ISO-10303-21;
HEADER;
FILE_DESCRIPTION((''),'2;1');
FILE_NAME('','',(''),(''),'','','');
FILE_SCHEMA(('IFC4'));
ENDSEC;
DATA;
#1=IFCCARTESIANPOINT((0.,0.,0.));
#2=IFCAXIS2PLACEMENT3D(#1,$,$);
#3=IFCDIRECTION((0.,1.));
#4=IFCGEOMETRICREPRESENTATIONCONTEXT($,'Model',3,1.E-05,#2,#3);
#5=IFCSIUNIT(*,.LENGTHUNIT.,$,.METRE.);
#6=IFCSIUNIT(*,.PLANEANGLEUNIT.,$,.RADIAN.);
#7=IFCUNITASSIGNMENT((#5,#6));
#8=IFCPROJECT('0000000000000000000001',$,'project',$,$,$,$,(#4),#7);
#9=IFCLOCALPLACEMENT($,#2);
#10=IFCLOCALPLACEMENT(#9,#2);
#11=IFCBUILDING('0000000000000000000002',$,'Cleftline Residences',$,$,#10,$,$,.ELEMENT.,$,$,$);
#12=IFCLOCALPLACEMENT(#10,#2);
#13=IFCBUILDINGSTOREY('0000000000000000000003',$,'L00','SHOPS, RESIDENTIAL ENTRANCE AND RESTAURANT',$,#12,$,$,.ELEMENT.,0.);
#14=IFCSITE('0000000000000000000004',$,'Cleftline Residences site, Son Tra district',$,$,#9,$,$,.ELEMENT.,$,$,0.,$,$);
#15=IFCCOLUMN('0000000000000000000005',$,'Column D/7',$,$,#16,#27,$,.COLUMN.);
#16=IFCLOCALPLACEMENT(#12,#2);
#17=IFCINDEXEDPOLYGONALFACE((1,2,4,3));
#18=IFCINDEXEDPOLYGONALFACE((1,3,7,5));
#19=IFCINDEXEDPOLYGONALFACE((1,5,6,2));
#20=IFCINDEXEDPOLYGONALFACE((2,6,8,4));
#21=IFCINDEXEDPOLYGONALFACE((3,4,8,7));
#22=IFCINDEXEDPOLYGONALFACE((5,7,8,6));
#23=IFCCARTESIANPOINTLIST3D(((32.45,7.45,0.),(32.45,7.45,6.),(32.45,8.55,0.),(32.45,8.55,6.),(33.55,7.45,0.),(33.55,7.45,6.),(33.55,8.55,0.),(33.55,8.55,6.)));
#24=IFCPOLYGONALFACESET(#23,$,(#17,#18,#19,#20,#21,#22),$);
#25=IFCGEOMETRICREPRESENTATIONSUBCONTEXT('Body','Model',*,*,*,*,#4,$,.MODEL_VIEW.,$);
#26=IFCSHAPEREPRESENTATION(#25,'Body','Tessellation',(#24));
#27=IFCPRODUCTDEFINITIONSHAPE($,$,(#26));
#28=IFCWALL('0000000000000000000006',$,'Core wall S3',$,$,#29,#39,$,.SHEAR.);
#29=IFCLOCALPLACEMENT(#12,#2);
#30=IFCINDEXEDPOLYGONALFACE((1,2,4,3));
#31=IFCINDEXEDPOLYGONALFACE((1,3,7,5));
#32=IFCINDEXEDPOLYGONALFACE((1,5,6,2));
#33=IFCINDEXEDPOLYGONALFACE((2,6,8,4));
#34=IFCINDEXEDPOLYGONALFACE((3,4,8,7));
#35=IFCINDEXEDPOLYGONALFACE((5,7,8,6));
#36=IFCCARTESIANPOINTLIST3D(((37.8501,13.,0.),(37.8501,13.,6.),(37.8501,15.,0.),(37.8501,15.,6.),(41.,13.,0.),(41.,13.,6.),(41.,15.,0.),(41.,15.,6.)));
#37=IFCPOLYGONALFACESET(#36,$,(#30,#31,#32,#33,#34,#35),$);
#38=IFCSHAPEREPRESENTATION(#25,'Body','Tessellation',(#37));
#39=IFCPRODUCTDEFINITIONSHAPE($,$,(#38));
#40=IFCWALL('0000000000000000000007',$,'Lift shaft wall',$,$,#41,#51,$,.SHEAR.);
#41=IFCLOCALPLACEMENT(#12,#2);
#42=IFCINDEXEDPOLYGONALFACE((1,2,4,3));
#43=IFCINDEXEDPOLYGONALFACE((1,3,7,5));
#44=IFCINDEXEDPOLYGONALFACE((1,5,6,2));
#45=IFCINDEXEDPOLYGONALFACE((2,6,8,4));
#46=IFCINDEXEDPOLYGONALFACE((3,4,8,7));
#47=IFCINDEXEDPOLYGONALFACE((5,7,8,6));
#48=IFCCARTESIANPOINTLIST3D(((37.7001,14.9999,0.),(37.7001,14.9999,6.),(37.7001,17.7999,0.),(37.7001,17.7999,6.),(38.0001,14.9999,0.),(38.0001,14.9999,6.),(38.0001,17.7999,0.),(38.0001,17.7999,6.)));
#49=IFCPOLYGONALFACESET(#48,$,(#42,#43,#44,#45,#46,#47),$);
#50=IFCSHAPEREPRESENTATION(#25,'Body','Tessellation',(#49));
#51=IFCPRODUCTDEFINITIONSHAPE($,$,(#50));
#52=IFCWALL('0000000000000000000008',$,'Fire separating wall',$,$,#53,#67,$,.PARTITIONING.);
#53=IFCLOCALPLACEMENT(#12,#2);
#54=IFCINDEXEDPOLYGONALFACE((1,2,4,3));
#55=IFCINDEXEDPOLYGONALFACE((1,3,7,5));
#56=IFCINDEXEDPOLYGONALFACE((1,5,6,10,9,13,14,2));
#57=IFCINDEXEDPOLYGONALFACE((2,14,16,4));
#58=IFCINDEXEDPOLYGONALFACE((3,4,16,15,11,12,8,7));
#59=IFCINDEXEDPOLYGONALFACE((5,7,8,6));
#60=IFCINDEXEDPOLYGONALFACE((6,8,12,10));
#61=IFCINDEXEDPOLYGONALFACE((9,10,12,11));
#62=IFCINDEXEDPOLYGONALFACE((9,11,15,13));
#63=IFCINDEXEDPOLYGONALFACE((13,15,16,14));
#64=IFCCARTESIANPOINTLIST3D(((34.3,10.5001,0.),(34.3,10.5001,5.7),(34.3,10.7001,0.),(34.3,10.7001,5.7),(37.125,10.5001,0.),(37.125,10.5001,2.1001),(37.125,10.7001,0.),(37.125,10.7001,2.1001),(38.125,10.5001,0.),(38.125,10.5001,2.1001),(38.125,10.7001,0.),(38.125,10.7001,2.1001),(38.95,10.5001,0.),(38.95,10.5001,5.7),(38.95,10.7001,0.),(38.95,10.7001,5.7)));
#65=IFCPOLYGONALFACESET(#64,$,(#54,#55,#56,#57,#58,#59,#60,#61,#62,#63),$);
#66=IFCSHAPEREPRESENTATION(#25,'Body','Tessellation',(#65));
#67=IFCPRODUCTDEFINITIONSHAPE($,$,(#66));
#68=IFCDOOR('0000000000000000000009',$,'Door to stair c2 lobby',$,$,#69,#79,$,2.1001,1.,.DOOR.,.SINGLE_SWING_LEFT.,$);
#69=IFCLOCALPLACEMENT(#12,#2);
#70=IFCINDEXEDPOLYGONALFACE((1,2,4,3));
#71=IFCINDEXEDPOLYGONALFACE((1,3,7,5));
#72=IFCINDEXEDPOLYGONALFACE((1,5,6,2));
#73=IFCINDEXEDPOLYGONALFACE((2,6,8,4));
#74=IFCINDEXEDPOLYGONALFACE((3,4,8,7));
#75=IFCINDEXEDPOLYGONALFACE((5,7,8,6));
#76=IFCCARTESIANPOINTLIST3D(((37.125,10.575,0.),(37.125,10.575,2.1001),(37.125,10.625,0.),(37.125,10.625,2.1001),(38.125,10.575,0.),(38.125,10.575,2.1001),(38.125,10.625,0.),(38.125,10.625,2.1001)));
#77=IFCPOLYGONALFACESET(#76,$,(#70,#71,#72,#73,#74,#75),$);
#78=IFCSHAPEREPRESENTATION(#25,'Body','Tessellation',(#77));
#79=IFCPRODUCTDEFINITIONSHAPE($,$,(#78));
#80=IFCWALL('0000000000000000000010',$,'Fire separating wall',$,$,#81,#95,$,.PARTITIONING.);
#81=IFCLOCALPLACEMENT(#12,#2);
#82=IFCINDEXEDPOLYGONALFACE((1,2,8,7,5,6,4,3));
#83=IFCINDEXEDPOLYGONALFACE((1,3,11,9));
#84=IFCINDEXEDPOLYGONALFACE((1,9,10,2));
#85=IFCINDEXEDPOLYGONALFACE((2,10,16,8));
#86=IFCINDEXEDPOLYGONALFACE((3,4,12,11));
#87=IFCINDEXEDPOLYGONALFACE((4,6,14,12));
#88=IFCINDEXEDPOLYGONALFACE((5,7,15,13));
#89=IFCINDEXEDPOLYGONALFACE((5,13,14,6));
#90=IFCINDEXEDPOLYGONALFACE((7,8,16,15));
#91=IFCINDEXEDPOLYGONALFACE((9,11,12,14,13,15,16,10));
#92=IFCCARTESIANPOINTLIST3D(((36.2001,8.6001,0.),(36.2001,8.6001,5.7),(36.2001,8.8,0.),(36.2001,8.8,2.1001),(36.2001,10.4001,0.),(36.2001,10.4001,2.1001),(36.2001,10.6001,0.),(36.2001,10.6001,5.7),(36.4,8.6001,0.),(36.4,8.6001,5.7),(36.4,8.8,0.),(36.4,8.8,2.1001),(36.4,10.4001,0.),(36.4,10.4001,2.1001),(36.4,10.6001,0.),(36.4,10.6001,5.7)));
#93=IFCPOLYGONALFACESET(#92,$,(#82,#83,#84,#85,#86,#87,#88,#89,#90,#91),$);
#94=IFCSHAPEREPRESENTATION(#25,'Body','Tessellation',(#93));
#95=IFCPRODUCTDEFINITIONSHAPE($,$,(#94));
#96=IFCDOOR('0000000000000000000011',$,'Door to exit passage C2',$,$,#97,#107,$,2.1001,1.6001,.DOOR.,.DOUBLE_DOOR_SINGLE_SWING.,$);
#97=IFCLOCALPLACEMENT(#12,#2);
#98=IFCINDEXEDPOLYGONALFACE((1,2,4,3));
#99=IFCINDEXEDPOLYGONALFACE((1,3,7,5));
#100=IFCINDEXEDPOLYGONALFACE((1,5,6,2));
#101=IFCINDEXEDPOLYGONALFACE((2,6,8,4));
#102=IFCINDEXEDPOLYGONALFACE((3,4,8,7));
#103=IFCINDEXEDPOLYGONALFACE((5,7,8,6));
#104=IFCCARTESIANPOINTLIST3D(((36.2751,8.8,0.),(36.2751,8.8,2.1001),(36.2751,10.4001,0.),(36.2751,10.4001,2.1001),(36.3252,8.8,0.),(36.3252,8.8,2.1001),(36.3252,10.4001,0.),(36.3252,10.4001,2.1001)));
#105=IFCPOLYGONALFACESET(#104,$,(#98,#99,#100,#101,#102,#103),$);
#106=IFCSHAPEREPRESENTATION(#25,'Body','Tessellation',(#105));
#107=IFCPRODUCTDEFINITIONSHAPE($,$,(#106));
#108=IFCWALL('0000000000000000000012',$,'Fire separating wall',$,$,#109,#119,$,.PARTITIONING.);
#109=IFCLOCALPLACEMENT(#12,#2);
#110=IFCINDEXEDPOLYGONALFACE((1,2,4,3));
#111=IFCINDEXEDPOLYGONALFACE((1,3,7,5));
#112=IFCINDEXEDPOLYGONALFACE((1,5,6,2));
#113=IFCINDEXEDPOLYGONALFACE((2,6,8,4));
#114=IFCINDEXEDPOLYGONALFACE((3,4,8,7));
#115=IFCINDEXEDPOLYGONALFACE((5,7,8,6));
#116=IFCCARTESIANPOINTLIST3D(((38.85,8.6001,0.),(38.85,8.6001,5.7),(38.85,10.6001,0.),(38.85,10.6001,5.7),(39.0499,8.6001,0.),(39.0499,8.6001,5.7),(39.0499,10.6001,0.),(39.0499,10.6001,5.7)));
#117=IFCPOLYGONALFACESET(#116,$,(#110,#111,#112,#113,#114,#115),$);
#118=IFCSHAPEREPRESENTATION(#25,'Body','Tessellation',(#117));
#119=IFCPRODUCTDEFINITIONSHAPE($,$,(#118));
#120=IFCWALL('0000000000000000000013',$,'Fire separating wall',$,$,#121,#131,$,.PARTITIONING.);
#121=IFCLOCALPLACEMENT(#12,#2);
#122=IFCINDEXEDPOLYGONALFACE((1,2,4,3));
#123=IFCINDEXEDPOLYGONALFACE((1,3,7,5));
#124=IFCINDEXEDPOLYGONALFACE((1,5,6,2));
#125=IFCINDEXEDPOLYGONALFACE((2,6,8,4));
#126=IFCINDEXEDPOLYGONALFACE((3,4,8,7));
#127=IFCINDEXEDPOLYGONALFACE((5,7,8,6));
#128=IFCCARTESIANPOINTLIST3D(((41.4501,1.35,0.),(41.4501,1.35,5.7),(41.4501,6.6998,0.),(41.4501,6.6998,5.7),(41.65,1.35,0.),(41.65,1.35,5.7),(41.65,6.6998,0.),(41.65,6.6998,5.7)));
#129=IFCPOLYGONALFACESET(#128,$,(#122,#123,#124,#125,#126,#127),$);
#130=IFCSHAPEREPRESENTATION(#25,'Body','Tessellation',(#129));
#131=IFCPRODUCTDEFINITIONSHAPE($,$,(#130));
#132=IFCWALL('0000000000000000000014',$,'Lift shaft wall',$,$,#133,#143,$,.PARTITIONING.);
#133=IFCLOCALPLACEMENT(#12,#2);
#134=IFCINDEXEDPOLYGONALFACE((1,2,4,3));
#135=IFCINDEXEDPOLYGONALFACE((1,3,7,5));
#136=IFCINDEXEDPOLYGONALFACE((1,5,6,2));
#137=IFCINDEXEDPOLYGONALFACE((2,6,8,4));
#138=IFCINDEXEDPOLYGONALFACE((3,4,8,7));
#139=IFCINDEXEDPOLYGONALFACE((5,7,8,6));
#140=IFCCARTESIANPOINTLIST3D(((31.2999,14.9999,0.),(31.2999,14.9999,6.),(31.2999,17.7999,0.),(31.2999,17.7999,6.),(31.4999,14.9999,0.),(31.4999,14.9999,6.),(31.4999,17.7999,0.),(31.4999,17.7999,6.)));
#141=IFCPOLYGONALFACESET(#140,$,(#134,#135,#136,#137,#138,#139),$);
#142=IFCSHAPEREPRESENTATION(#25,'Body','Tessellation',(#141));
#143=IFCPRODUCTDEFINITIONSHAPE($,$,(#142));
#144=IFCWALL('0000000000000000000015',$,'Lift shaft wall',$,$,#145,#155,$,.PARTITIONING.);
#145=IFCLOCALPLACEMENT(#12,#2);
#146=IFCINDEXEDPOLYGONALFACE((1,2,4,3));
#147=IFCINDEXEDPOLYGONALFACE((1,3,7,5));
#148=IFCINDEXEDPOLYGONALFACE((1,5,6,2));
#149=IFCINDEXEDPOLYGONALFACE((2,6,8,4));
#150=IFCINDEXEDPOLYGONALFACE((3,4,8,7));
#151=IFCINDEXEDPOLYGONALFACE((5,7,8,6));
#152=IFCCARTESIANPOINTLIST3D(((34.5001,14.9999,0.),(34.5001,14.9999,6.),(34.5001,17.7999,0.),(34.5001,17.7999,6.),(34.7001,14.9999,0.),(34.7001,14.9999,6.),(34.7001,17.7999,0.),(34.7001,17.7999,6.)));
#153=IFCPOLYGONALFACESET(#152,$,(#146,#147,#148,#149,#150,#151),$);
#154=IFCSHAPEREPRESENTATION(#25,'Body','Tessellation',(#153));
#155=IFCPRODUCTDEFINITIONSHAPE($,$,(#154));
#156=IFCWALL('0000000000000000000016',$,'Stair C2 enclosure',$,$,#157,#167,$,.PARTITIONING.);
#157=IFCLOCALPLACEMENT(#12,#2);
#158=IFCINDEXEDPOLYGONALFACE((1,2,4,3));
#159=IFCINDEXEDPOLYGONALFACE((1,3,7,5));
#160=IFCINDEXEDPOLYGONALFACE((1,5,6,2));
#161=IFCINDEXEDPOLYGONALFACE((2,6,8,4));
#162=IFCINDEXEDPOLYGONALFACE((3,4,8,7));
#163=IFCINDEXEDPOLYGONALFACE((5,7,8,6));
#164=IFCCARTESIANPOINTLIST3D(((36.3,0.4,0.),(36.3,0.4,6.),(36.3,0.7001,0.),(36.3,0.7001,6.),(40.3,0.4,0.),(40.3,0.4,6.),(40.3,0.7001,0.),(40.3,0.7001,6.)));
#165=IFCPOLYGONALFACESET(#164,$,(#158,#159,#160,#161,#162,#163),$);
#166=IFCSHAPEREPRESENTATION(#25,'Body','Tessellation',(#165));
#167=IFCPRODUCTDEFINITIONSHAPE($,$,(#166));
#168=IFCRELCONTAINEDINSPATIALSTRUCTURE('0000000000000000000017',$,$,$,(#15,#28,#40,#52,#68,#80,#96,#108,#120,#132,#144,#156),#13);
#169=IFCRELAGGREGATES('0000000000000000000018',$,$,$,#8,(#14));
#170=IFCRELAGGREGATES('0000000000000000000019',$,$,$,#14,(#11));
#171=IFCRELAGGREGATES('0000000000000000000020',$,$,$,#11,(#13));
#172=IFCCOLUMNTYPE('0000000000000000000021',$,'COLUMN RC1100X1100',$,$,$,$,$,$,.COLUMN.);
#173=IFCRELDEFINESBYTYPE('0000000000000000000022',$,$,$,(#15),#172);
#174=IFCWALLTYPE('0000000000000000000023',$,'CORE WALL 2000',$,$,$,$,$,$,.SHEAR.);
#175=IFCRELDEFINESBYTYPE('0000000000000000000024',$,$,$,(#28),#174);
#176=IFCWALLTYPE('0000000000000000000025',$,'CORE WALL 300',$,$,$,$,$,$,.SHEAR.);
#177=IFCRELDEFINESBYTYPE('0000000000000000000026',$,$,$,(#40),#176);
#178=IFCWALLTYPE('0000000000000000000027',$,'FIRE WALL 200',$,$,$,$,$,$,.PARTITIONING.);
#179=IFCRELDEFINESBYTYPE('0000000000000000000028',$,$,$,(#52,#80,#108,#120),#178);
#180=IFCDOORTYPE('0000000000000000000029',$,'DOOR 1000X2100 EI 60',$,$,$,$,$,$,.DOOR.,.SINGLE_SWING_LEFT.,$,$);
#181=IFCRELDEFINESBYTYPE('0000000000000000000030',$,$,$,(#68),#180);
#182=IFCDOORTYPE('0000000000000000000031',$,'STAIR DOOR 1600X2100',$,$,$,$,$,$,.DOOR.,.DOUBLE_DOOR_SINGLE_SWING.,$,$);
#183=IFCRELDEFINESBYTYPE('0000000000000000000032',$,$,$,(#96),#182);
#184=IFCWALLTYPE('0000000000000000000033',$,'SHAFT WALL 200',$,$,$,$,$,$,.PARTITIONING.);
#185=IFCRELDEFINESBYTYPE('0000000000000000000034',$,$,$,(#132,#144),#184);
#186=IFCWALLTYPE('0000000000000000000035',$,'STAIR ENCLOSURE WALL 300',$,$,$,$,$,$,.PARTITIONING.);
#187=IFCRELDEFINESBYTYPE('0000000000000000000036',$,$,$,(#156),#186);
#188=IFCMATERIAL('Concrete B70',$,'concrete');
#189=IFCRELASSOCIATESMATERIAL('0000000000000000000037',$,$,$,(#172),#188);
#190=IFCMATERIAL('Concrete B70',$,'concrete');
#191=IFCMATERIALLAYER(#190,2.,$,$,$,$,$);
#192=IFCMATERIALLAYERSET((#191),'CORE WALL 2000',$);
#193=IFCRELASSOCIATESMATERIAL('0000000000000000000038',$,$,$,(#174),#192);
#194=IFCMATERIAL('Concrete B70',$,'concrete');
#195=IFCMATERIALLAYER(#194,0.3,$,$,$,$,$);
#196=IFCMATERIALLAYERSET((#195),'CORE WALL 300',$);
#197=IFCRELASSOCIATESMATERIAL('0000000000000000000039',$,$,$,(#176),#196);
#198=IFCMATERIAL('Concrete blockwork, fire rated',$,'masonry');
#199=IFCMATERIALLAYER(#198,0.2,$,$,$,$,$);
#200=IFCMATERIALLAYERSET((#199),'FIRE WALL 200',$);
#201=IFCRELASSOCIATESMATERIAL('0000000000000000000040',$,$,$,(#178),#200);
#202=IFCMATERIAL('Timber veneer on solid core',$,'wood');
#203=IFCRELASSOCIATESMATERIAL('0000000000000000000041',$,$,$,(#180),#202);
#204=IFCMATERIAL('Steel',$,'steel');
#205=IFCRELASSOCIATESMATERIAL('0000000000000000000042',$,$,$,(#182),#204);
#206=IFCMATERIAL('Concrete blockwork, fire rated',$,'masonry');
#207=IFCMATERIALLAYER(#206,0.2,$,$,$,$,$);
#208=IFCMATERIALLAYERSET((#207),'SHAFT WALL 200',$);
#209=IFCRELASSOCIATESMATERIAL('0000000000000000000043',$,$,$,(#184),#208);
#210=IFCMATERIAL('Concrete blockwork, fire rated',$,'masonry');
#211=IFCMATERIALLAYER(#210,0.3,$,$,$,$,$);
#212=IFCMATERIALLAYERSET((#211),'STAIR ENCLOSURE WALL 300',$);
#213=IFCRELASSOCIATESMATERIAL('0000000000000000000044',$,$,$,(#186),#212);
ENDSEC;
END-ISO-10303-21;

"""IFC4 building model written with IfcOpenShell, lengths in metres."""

from ifc_helpers import new_model, si_unit, direction, frame, frame_2d, origin, origin_2d, place, context, subcontext, project, spatial, rectangle, extrude, material, layer, layer_set, material_profile, profile_set, type_object, element, fill, save


model = new_model("IFC4")

# Units and contexts
model_context = context("Model", 3, precision=1e-05, world=origin(), true_north=direction((0.0, 1.0)))
body_context = subcontext(model_context, "Body", "Model", "MODEL_VIEW")
ifc_project = project(units=[si_unit("LENGTHUNIT", "METRE"), si_unit("PLANEANGLEUNIT", "RADIAN")], contexts=[model_context])

# Site, building, storey
site_placement = place(None, origin())
site = spatial("IfcSite", under=ifc_project, at=site_placement, Name="Cleftline Residences site, Son Tra district", CompositionType="ELEMENT", RefElevation=0.0)
building_placement = place(site_placement, origin())
building = spatial("IfcBuilding", under=site, at=building_placement, Name="Cleftline Residences", CompositionType="ELEMENT")
storey_placement = place(building_placement, origin())
storey = spatial("IfcBuildingStorey", under=building, at=storey_placement, Name="L00", Description="SHOPS, RESIDENTIAL ENTRANCE AND RESTAURANT", CompositionType="ELEMENT", Elevation=0.0)

# Column
ifc_material_1 = material(Name="Concrete B70", Category="concrete")
ifc_material_profile = material_profile(ifc_material_1, rectangle(XDim=1.1001, YDim=1.1001, at=origin_2d()))
ifc_profile_set = profile_set([ifc_material_profile], Name="Concrete B70")
column_type = type_object("IfcColumnType", Name="COLUMN RC1100X1100", PredefinedType="COLUMN", material=ifc_profile_set)
column_placement = place(storey_placement, frame((33.0, 8.0, 0.0), z_axis=(0.0, 0.0, 1.0), x_axis=(1.0, 0.0, 0.0)))
element("IfcColumn", 1, at=column_placement, inside=storey, type_object=column_type, Name="Column D/7", PredefinedType="COLUMN", context=body_context, shape_type="SweptSolid", body=[
    extrude(rectangle(XDim=1.1001, YDim=1.1001, at=origin_2d()), origin(), (0.0, 0.0, 1.0), 6.0),
])

# Walls
ifc_material_2 = material(Name="Concrete B70", Category="concrete")
ifc_layer_1 = layer(ifc_material_2, 2.0)
ifc_layer_set_1 = layer_set([ifc_layer_1], Name="CORE WALL 2000")
wall_type_1 = type_object("IfcWallType", Name="CORE WALL 2000", PredefinedType="SHEAR", material=ifc_layer_set_1)
wall_1_placement = place(storey_placement, frame((37.8501, 14.0, 0.0), z_axis=(0.0, 0.0, 1.0), x_axis=(1.0, 0.0, 0.0)))
element("IfcWall", 2, at=wall_1_placement, inside=storey, type_object=wall_type_1, Name="Core wall S3", PredefinedType="SHEAR", context=body_context, shape_type="SweptSolid", body=[
    extrude(rectangle(XDim=3.1499, YDim=2.0, at=frame_2d((1.575, 0.0))), origin(), (0.0, 0.0, 1.0), 6.0),
])
ifc_material_3 = material(Name="Concrete B70", Category="concrete")
ifc_layer_2 = layer(ifc_material_3, 0.3)
ifc_layer_set_2 = layer_set([ifc_layer_2], Name="CORE WALL 300")
wall_type_2 = type_object("IfcWallType", Name="CORE WALL 300", PredefinedType="SHEAR", material=ifc_layer_set_2)
wall_2_placement = place(storey_placement, frame((37.8501, 15.0, 0.0), z_axis=(0.0, 0.0, 1.0), x_axis=(0.0, 1.0, 0.0)))
element("IfcWall", 3, at=wall_2_placement, inside=storey, type_object=wall_type_2, Name="Lift shaft wall", PredefinedType="SHEAR", context=body_context, shape_type="SweptSolid", body=[
    extrude(rectangle(XDim=2.8, YDim=0.3, at=frame_2d((1.3999, 0.0))), origin(), (0.0, 0.0, 1.0), 6.0),
])

# Walls, openings, doors
ifc_material_4 = material(Name="Concrete blockwork, fire rated", Category="masonry")
ifc_layer_3 = layer(ifc_material_4, 0.2)
ifc_layer_set_3 = layer_set([ifc_layer_3], Name="FIRE WALL 200")
wall_type_3 = type_object("IfcWallType", Name="FIRE WALL 200", PredefinedType="PARTITIONING", material=ifc_layer_set_3)
wall_3_placement = place(storey_placement, frame((34.3, 10.6001, 0.0), z_axis=(0.0, 0.0, 1.0), x_axis=(1.0, 0.0, 0.0)))
wall_3 = element("IfcWall", 4, at=wall_3_placement, inside=storey, type_object=wall_type_3, Name="Fire separating wall", PredefinedType="PARTITIONING", context=body_context, shape_type="SweptSolid", body=[
    extrude(rectangle(XDim=4.6499, YDim=0.2, at=frame_2d((2.325, 0.0))), origin(), (0.0, 0.0, 1.0), 5.7),
])
opening_1_placement = place(wall_3_placement, frame((2.825, 0.0, 0.0)))
opening_1 = element("IfcOpeningElement", 5, at=opening_1_placement, cuts=wall_3, PredefinedType="OPENING", context=body_context, shape_type="SweptSolid", body=[
    extrude(rectangle(XDim=1.0, YDim=2.1001, at=frame_2d((0.5, 1.05))), frame((0.0, 0.1099, 0.0), z_axis=(0.0, -1.0, 0.0), x_axis=(1.0, 0.0, 0.0)), (0.0, 0.0, 1.0), 0.22),
])
ifc_material_5 = material(Name="Timber veneer on solid core", Category="wood")
door_type_1 = type_object("IfcDoorType", Name="DOOR 1000X2100 EI 60", OperationType="SINGLE_SWING_LEFT", PredefinedType="DOOR", material=ifc_material_5)
door_1_placement = place(opening_1_placement, origin())
door_1 = element("IfcDoor", 6, at=door_1_placement, inside=storey, type_object=door_type_1, Name="Door to stair c2 lobby", OperationType="SINGLE_SWING_LEFT", OverallHeight=2.1001, OverallWidth=1.0, PredefinedType="DOOR", context=body_context, shape_type="SweptSolid", body=[
    extrude(rectangle(XDim=1.0, YDim=2.1001, at=frame_2d((0.5, 1.05))), frame((0.0, 0.0249, 0.0), z_axis=(0.0, -1.0, 0.0), x_axis=(1.0, 0.0, 0.0)), (0.0, 0.0, 1.0), 0.05),
])
fill(opening_1, door_1)
wall_4_placement = place(storey_placement, frame((36.3, 8.6001, 0.0), z_axis=(0.0, 0.0, 1.0), x_axis=(0.0, 1.0, 0.0)))
wall_4 = element("IfcWall", 7, at=wall_4_placement, inside=storey, type_object=wall_type_3, Name="Fire separating wall", PredefinedType="PARTITIONING", context=body_context, shape_type="SweptSolid", body=[
    extrude(rectangle(XDim=2.0, YDim=0.2, at=frame_2d((1.0, 0.0))), origin(), (0.0, 0.0, 1.0), 5.7),
])
opening_2_placement = place(wall_4_placement, frame((0.2, 0.0, 0.0)))
opening_2 = element("IfcOpeningElement", 8, at=opening_2_placement, cuts=wall_4, PredefinedType="OPENING", context=body_context, shape_type="SweptSolid", body=[
    extrude(rectangle(XDim=1.6001, YDim=2.1001, at=frame_2d((0.8, 1.05))), frame((0.0, 0.1099, 0.0), z_axis=(0.0, -1.0, 0.0), x_axis=(1.0, 0.0, 0.0)), (0.0, 0.0, 1.0), 0.22),
])
ifc_material_6 = material(Name="Steel", Category="steel")
door_type_2 = type_object("IfcDoorType", Name="STAIR DOOR 1600X2100", OperationType="DOUBLE_DOOR_SINGLE_SWING", PredefinedType="DOOR", material=ifc_material_6)
door_2_placement = place(opening_2_placement, origin())
door_2 = element("IfcDoor", 9, at=door_2_placement, inside=storey, type_object=door_type_2, Name="Door to exit passage C2", OperationType="DOUBLE_DOOR_SINGLE_SWING", OverallHeight=2.1001, OverallWidth=1.6001, PredefinedType="DOOR", context=body_context, shape_type="SweptSolid", body=[
    extrude(rectangle(XDim=1.6001, YDim=2.1001, at=frame_2d((0.8, 1.05))), frame((0.0, 0.0249, 0.0), z_axis=(0.0, -1.0, 0.0), x_axis=(1.0, 0.0, 0.0)), (0.0, 0.0, 1.0), 0.05),
])
fill(opening_2, door_2)

# Walls
wall_5_placement = place(storey_placement, frame((38.95, 8.6001, 0.0), z_axis=(0.0, 0.0, 1.0), x_axis=(0.0, 1.0, 0.0)))
element("IfcWall", 10, at=wall_5_placement, inside=storey, type_object=wall_type_3, Name="Fire separating wall", PredefinedType="PARTITIONING", context=body_context, shape_type="SweptSolid", body=[
    extrude(rectangle(XDim=2.0, YDim=0.2, at=frame_2d((1.0, 0.0))), origin(), (0.0, 0.0, 1.0), 5.7),
])
wall_6_placement = place(storey_placement, frame((41.55, 1.3501, 0.0), z_axis=(0.0, 0.0, 1.0), x_axis=(0.0, 1.0, 0.0)))
element("IfcWall", 11, at=wall_6_placement, inside=storey, type_object=wall_type_3, Name="Fire separating wall", PredefinedType="PARTITIONING", context=body_context, shape_type="SweptSolid", body=[
    extrude(rectangle(XDim=5.3499, YDim=0.2, at=frame_2d((2.6748, 0.0))), origin(), (0.0, 0.0, 1.0), 5.7),
])
ifc_material_7 = material(Name="Concrete blockwork, fire rated", Category="masonry")
ifc_layer_4 = layer(ifc_material_7, 0.2)
ifc_layer_set_4 = layer_set([ifc_layer_4], Name="SHAFT WALL 200")
wall_type_4 = type_object("IfcWallType", Name="SHAFT WALL 200", PredefinedType="PARTITIONING", material=ifc_layer_set_4)
for number, where, z_axis, x_axis, name in (
    (12, (31.3999, 15.0, 0.0), (0.0, 0.0, 1.0), (0.0, 1.0, 0.0), "Lift shaft wall"),
    (13, (34.6001, 15.0, 0.0), (0.0, 0.0, 1.0), (0.0, 1.0, 0.0), "Lift shaft wall"),
):
    element("IfcWall", number, at=place(storey_placement, frame(where, z_axis=z_axis, x_axis=x_axis)), inside=storey, type_object=wall_type_4, Name=name, PredefinedType="PARTITIONING", context=body_context, shape_type="SweptSolid", body=[
        extrude(rectangle(XDim=2.8, YDim=0.2, at=frame_2d((1.3999, 0.0))), origin(), (0.0, 0.0, 1.0), 6.0),
    ])
ifc_material_8 = material(Name="Concrete blockwork, fire rated", Category="masonry")
ifc_layer_5 = layer(ifc_material_8, 0.3)
ifc_layer_set_5 = layer_set([ifc_layer_5], Name="STAIR ENCLOSURE WALL 300")
wall_type_5 = type_object("IfcWallType", Name="STAIR ENCLOSURE WALL 300", PredefinedType="PARTITIONING", material=ifc_layer_set_5)
wall_7_placement = place(storey_placement, frame((36.3, 0.55, 0.0), z_axis=(0.0, 0.0, 1.0), x_axis=(1.0, 0.0, 0.0)))
element("IfcWall", 14, at=wall_7_placement, inside=storey, type_object=wall_type_5, Name="Stair C2 enclosure", PredefinedType="PARTITIONING", context=body_context, shape_type="SweptSolid", body=[
    extrude(rectangle(XDim=4.0, YDim=0.3, at=frame_2d((2.0, 0.0))), origin(), (0.0, 0.0, 1.0), 6.0),
])

save(model, "model.ifc")
